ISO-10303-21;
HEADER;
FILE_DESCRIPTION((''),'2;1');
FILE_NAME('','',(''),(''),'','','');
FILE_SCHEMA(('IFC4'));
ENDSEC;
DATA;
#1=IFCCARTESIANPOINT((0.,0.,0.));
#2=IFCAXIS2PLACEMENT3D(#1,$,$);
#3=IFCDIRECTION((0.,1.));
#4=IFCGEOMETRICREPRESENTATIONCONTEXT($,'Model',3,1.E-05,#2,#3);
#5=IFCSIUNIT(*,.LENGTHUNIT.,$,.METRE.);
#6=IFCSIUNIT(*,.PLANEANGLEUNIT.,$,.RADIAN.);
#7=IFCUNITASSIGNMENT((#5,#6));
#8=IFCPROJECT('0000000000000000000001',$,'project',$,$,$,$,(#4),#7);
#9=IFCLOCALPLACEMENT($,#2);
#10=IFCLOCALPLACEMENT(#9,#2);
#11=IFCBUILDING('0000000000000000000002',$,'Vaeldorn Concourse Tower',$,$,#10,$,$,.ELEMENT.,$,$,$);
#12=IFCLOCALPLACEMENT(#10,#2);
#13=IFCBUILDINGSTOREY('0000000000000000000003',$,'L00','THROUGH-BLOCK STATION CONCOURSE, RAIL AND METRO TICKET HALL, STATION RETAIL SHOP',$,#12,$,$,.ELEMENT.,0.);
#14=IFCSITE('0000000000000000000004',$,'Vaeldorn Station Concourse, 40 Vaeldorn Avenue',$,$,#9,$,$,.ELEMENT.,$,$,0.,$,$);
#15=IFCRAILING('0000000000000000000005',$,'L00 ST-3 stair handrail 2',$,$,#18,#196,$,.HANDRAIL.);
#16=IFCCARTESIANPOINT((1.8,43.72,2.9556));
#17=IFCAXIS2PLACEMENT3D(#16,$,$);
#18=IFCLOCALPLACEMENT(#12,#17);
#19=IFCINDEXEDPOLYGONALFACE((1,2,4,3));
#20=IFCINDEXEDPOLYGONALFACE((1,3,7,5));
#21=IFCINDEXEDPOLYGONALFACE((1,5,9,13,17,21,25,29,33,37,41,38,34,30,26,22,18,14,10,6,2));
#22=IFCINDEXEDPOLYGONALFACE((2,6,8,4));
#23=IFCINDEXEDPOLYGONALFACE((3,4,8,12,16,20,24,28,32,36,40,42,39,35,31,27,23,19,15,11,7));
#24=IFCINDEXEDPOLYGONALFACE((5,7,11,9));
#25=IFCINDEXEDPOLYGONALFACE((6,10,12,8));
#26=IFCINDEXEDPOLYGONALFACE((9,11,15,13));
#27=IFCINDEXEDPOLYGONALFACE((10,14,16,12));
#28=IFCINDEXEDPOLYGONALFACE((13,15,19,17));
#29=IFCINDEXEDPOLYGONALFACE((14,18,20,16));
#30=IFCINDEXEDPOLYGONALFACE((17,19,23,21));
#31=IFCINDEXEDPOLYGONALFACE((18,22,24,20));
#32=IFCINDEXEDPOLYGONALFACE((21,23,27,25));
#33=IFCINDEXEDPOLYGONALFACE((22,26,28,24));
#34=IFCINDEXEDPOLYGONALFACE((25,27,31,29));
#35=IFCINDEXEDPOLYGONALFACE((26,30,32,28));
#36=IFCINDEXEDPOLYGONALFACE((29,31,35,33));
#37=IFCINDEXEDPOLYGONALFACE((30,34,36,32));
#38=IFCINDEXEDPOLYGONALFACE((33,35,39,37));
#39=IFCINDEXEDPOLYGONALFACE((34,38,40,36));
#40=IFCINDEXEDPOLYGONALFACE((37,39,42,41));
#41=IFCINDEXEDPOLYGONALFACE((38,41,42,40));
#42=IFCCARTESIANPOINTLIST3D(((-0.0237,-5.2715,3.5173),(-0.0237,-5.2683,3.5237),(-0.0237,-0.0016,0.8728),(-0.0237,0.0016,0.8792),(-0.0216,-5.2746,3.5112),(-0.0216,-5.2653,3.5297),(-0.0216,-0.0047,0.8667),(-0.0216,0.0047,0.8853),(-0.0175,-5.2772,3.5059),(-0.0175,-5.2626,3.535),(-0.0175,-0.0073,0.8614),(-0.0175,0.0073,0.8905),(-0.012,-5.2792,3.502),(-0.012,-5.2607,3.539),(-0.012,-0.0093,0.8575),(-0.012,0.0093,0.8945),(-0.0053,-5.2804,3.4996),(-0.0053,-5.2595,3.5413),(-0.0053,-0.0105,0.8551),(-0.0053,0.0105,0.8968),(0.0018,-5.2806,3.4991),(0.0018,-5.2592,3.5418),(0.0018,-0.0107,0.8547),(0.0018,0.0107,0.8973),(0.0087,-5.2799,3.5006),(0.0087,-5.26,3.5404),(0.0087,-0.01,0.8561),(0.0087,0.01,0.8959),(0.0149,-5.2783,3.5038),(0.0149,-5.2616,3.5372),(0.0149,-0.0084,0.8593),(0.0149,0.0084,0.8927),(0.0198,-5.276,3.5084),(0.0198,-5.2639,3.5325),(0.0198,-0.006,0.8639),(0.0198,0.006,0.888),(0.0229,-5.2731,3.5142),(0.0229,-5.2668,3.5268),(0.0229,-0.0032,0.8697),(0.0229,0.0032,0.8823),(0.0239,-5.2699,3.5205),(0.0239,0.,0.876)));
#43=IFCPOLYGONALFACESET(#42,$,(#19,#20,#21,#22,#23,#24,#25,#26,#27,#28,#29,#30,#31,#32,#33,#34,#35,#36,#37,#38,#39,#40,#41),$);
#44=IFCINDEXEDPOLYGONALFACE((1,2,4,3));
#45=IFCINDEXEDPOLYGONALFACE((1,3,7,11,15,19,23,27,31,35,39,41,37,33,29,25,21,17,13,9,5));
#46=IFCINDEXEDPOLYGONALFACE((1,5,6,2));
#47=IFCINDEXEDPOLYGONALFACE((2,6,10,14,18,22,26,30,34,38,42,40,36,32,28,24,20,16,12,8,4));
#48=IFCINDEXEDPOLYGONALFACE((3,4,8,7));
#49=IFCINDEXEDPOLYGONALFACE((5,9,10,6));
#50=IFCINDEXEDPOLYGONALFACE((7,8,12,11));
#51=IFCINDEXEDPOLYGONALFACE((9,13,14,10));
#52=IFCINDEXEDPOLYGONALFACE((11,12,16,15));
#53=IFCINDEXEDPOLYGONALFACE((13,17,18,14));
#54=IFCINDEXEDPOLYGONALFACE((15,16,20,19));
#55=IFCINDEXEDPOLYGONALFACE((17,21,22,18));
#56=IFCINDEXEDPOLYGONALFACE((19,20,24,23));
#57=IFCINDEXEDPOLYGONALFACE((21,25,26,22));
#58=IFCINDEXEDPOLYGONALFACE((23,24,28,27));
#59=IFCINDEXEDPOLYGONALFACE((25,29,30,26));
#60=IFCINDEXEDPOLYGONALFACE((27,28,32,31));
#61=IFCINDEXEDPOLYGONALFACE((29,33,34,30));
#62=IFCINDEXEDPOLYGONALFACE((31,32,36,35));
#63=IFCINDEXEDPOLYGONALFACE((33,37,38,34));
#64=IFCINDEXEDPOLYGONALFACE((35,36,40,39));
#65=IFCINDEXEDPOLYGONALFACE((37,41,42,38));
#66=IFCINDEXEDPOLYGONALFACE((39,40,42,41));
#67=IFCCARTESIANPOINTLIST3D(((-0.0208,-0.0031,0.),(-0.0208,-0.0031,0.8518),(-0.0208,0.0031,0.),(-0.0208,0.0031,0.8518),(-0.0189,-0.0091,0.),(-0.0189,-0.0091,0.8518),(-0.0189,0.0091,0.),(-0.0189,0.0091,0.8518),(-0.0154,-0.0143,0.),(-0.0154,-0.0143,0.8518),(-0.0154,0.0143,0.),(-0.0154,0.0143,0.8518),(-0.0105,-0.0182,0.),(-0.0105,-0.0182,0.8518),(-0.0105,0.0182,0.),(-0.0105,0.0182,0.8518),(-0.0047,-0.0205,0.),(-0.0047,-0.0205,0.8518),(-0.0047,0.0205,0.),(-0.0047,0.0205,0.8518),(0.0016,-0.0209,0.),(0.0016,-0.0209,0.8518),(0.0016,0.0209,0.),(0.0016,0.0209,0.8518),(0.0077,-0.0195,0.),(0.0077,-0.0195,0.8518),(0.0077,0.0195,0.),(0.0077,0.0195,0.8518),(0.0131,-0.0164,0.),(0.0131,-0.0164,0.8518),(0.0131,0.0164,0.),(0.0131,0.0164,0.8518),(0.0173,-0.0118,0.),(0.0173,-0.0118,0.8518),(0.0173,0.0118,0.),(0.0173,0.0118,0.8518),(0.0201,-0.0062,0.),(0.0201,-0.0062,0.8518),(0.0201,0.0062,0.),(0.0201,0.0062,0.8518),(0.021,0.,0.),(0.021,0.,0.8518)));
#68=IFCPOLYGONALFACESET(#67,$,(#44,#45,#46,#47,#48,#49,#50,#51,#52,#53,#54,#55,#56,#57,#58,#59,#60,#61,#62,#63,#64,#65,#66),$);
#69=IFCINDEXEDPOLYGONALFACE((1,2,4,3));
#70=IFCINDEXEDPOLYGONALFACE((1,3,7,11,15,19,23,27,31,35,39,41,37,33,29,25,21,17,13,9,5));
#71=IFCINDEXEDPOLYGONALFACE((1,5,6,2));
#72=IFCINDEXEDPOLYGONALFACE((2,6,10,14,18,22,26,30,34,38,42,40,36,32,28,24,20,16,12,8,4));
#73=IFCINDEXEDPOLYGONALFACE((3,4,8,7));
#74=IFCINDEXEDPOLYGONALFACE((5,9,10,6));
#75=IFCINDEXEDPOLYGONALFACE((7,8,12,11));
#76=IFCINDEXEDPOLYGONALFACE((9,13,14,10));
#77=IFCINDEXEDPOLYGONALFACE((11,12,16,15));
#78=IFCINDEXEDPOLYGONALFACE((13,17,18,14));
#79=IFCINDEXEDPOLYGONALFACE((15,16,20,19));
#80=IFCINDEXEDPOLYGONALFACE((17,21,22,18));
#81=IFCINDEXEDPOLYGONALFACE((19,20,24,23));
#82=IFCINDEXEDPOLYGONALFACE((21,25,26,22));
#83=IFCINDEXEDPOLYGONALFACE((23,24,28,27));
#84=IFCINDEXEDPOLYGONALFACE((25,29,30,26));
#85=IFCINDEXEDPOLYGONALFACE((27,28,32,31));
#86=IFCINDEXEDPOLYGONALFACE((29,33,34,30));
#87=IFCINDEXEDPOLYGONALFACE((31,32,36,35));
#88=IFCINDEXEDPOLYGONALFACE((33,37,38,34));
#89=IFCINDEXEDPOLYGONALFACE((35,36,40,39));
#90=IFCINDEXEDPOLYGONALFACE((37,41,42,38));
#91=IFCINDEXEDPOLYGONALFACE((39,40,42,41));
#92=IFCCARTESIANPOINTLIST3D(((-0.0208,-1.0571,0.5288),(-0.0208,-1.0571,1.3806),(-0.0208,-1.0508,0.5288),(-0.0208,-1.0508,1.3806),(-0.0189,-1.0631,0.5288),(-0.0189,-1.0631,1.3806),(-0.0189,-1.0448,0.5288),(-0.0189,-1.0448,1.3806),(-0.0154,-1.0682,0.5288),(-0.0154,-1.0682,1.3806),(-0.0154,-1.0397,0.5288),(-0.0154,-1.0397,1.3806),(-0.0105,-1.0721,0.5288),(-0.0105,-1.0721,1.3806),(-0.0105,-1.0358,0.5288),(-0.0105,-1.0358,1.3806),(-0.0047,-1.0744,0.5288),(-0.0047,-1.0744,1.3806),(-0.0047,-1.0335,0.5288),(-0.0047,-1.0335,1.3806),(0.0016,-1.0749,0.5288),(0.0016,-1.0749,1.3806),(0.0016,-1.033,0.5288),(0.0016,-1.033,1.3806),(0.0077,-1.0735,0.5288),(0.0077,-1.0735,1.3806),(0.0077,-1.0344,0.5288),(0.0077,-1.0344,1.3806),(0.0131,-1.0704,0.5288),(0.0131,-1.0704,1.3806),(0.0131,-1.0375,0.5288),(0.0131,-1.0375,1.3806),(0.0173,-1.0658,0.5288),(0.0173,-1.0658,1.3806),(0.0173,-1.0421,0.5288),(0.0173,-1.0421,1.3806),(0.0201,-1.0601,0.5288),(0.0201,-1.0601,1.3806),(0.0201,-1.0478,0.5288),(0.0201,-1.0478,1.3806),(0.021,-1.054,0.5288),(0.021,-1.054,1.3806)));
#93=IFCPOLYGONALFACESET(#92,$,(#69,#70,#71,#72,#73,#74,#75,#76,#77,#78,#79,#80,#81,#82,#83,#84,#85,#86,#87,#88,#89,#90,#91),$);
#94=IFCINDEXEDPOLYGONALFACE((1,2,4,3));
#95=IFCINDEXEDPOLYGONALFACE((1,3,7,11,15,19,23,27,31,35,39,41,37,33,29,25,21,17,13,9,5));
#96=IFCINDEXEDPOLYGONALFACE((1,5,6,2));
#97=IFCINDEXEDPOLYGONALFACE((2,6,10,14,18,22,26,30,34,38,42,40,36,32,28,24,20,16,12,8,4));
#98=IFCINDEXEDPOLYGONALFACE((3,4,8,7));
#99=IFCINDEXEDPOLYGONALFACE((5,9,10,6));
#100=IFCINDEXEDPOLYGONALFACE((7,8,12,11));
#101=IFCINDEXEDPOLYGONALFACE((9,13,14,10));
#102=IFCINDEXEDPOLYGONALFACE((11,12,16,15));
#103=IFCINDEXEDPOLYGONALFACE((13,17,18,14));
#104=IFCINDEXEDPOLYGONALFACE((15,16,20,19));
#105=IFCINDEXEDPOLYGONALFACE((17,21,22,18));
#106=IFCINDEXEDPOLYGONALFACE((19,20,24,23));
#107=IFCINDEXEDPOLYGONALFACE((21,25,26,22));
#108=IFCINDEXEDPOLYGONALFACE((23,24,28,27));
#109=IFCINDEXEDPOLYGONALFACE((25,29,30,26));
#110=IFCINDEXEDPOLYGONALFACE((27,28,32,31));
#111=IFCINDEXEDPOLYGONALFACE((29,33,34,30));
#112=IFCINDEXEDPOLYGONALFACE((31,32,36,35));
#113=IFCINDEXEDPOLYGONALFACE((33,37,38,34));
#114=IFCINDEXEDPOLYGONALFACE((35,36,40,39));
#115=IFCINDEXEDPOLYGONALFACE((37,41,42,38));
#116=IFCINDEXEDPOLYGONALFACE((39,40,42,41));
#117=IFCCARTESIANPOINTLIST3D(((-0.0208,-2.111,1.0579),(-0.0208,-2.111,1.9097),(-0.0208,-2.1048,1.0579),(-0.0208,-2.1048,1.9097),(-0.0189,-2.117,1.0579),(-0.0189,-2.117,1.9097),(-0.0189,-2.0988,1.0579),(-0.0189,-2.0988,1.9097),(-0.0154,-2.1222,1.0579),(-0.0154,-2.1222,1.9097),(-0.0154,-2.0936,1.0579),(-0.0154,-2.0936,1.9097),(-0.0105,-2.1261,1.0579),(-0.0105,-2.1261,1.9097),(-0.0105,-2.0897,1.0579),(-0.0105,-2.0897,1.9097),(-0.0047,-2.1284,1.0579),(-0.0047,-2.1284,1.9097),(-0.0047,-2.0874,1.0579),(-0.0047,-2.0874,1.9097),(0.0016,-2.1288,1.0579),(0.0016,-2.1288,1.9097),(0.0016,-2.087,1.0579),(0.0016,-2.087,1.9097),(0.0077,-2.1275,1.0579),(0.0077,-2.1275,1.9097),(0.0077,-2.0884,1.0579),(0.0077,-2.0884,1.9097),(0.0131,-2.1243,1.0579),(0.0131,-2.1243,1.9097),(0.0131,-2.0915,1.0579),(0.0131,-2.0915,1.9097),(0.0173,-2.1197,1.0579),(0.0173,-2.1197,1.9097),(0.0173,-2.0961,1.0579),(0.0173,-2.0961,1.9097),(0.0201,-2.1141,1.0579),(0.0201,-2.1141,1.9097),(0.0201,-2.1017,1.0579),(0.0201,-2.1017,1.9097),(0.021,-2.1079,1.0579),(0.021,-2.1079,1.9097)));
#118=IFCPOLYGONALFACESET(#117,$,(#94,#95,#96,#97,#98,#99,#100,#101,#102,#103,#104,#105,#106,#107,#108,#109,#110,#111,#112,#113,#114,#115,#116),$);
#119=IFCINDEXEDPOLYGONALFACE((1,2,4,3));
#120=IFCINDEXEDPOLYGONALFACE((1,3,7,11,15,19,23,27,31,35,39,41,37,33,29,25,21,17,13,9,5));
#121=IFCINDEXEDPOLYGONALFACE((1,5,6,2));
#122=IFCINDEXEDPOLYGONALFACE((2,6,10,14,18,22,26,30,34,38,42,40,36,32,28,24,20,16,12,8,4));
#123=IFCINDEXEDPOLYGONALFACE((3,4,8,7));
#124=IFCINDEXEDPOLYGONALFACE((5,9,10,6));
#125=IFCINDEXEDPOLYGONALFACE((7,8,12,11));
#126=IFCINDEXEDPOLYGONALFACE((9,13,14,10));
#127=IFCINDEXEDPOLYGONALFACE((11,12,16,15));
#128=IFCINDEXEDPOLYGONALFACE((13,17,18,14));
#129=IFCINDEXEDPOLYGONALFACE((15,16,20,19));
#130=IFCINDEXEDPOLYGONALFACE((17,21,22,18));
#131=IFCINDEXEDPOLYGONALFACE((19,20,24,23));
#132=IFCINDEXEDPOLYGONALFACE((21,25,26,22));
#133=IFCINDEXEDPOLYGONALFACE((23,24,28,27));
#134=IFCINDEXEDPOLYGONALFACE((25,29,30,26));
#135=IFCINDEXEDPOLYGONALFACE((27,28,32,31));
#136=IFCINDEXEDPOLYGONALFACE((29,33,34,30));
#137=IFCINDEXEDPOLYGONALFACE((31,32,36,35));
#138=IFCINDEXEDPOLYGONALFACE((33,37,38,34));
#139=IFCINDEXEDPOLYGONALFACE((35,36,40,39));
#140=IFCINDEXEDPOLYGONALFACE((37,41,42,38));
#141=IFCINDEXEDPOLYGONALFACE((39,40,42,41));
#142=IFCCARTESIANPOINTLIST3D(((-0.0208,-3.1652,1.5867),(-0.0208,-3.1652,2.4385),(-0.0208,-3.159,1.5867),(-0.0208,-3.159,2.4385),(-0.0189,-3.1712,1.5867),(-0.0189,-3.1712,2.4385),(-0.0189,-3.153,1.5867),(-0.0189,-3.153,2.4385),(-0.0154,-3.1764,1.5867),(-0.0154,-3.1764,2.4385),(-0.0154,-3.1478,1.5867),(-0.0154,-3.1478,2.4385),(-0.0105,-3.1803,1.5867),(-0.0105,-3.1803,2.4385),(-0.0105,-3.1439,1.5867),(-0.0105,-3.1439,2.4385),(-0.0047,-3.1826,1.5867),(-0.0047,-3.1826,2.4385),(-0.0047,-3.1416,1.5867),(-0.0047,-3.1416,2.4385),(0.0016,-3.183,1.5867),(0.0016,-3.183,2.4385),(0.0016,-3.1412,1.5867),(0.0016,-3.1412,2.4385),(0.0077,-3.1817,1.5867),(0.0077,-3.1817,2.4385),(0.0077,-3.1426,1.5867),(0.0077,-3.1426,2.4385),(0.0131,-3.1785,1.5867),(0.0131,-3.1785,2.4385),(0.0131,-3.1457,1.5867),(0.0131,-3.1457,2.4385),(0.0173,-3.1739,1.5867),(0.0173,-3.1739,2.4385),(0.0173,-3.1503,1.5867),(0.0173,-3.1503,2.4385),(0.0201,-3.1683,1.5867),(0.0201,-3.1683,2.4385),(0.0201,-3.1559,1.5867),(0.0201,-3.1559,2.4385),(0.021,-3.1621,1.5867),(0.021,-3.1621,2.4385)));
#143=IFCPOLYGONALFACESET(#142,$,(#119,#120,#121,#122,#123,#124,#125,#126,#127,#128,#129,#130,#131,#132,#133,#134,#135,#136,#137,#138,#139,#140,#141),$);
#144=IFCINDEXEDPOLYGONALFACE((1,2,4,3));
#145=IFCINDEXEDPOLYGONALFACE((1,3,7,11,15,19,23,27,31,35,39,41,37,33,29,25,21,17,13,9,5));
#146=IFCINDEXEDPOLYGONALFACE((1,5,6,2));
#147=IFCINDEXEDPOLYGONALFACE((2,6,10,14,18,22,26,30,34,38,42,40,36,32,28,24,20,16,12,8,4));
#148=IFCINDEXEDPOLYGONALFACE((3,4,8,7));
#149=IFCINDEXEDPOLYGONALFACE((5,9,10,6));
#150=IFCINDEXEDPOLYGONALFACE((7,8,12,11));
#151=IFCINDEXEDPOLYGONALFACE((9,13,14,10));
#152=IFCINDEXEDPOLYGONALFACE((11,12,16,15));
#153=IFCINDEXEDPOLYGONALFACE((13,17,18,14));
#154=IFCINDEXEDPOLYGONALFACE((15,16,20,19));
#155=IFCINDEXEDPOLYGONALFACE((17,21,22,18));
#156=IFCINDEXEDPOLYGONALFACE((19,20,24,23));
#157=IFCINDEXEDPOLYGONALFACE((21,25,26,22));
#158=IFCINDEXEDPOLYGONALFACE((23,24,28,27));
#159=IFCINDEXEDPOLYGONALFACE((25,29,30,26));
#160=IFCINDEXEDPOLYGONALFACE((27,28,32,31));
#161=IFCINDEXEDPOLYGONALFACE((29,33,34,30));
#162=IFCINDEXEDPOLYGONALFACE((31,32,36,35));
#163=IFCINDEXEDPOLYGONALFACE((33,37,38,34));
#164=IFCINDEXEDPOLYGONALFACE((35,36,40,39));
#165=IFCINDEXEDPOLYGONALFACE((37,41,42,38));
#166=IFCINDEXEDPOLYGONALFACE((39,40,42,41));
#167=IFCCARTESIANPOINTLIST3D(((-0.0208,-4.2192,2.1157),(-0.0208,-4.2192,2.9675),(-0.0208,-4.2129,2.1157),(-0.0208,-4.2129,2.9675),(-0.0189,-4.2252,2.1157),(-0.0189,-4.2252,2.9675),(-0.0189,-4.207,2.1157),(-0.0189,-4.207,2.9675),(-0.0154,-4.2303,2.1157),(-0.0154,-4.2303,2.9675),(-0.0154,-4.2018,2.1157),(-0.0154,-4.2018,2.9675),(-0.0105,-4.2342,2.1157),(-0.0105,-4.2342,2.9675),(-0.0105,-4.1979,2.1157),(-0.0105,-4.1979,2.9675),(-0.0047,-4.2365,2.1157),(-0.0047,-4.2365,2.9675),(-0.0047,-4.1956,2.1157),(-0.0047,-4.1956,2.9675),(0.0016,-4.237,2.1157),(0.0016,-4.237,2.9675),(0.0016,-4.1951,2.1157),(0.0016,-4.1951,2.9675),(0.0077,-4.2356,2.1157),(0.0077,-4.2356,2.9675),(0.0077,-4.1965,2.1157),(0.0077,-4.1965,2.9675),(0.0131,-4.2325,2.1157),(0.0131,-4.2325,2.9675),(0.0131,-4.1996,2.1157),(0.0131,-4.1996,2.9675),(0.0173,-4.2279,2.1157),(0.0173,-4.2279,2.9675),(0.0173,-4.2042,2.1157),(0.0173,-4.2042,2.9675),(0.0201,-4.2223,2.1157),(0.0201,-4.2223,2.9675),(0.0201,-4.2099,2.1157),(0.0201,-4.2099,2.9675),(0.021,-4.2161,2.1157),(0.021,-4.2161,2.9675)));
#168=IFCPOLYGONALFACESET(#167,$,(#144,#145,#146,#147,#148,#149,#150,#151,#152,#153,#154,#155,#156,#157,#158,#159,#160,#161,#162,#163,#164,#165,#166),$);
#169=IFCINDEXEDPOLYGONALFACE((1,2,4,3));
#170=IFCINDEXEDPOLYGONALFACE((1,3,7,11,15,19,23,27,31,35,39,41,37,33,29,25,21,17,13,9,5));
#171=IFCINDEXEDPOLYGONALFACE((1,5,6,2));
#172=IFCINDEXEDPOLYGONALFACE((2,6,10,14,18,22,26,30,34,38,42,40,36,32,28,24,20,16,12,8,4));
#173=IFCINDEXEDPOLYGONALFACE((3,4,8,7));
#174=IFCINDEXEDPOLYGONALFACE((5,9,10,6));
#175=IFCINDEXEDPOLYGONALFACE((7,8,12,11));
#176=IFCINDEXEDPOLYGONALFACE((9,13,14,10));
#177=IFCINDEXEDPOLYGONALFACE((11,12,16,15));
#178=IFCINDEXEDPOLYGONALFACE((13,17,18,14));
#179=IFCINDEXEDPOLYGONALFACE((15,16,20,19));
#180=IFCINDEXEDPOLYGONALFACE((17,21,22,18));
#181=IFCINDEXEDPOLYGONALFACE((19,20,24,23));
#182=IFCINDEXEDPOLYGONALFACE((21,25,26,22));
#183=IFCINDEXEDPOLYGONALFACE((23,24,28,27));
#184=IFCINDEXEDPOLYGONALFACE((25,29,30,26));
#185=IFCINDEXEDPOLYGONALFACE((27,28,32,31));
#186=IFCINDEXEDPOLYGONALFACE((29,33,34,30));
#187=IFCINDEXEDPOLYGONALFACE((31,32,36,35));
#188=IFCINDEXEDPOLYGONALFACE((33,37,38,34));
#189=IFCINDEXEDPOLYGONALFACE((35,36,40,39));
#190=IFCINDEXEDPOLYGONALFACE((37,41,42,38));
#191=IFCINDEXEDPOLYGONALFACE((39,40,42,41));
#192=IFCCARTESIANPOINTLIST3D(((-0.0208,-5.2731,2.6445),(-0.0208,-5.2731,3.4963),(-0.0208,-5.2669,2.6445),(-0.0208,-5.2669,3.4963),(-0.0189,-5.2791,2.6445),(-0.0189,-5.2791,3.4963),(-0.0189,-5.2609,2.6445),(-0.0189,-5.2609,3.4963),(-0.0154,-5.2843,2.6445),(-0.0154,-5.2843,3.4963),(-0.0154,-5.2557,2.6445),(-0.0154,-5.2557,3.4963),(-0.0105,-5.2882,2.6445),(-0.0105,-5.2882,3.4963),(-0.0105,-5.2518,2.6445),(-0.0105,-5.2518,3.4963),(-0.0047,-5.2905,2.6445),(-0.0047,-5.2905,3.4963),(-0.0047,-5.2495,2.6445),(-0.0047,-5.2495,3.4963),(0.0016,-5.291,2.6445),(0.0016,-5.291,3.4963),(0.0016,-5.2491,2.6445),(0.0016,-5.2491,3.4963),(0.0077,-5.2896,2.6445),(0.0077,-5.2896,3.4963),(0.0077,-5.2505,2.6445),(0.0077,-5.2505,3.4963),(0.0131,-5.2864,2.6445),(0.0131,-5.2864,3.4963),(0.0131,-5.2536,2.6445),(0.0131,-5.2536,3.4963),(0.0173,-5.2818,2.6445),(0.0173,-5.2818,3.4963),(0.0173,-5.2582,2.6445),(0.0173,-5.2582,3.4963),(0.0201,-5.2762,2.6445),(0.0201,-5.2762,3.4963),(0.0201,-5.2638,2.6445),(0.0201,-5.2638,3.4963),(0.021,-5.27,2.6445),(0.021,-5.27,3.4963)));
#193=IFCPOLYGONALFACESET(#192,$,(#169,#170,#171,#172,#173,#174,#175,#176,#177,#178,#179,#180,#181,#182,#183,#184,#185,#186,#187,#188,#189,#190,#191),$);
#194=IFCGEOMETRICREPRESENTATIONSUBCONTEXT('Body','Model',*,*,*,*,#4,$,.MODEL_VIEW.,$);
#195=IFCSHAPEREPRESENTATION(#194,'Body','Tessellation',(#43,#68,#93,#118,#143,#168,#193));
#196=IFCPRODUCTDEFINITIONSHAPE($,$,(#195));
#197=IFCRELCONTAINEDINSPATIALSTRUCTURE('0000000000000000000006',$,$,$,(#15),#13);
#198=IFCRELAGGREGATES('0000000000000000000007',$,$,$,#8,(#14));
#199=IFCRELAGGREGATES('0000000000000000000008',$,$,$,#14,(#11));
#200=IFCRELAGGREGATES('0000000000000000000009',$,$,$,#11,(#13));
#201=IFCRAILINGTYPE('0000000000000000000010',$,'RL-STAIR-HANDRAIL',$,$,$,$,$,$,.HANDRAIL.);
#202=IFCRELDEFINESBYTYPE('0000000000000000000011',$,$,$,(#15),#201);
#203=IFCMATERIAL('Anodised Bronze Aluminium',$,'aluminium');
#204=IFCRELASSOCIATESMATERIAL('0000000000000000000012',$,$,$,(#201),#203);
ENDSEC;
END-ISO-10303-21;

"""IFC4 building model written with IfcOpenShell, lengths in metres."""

from ifc_helpers import new_model, si_unit, direction, frame, origin, origin_2d, place, context, subcontext, project, spatial, circle, extrude, material, type_object, element, save


model = new_model("IFC4")

# Units and contexts
model_context = context("Model", 3, precision=1e-05, world=origin(), true_north=direction((0.0, 1.0)))
body_context = subcontext(model_context, "Body", "Model", "MODEL_VIEW")
ifc_project = project(units=[si_unit("LENGTHUNIT", "METRE"), si_unit("PLANEANGLEUNIT", "RADIAN")], contexts=[model_context])

# Site, building, storey
site_placement = place(None, origin())
site = spatial("IfcSite", under=ifc_project, at=site_placement, Name="Vaeldorn Station Concourse, 40 Vaeldorn Avenue", CompositionType="ELEMENT", RefElevation=0.0)
building_placement = place(site_placement, origin())
building = spatial("IfcBuilding", under=site, at=building_placement, Name="Vaeldorn Concourse Tower", CompositionType="ELEMENT")
storey_placement = place(building_placement, origin())
storey = spatial("IfcBuildingStorey", under=building, at=storey_placement, Name="L00", Description="THROUGH-BLOCK STATION CONCOURSE, RAIL AND METRO TICKET HALL, STATION RETAIL SHOP", CompositionType="ELEMENT", Elevation=0.0)

# Shared definitions
ifc_material_1 = material(Name="Anodised Bronze Aluminium", Category="aluminium")

# Railing
railing_type_1 = type_object("IfcRailingType", Name="RL-STAIR-HANDRAIL", PredefinedType="HANDRAIL", material=ifc_material_1)
railing_1_placement = place(storey_placement, frame((1.8, 43.72, 2.9556)))
element("IfcRailing", 1, at=railing_1_placement, inside=storey, type_object=railing_type_1, Name="L00 ST-3 stair handrail 2", PredefinedType="HANDRAIL", context=body_context, shape_type="SweptSolid", body=[
    extrude(circle(Radius=0.0239, at=origin_2d()), frame((0.0, 0.0, 0.876), z_axis=(0.0, -0.89378, 0.448505), x_axis=(1.0, 0.0, 0.0)), (0.0, 0.0, 1.0), 5.8962),
    extrude(circle(Radius=0.021, at=origin_2d()), origin(), (0.0, 0.0, 1.0), 0.8518),
    extrude(circle(Radius=0.021, at=origin_2d()), frame((0.0, -1.054, 0.5288)), (0.0, 0.0, 1.0), 0.8518),
    extrude(circle(Radius=0.021, at=origin_2d()), frame((0.0, -2.1079, 1.0579)), (0.0, 0.0, 1.0), 0.8518),
    extrude(circle(Radius=0.021, at=origin_2d()), frame((0.0, -3.1621, 1.5867)), (0.0, 0.0, 1.0), 0.8518),
    extrude(circle(Radius=0.021, at=origin_2d()), frame((0.0, -4.2161, 2.1157)), (0.0, 0.0, 1.0), 0.8518),
    extrude(circle(Radius=0.021, at=origin_2d()), frame((0.0, -5.27, 2.6445)), (0.0, 0.0, 1.0), 0.8518),
])

save(model, "model.ifc")
